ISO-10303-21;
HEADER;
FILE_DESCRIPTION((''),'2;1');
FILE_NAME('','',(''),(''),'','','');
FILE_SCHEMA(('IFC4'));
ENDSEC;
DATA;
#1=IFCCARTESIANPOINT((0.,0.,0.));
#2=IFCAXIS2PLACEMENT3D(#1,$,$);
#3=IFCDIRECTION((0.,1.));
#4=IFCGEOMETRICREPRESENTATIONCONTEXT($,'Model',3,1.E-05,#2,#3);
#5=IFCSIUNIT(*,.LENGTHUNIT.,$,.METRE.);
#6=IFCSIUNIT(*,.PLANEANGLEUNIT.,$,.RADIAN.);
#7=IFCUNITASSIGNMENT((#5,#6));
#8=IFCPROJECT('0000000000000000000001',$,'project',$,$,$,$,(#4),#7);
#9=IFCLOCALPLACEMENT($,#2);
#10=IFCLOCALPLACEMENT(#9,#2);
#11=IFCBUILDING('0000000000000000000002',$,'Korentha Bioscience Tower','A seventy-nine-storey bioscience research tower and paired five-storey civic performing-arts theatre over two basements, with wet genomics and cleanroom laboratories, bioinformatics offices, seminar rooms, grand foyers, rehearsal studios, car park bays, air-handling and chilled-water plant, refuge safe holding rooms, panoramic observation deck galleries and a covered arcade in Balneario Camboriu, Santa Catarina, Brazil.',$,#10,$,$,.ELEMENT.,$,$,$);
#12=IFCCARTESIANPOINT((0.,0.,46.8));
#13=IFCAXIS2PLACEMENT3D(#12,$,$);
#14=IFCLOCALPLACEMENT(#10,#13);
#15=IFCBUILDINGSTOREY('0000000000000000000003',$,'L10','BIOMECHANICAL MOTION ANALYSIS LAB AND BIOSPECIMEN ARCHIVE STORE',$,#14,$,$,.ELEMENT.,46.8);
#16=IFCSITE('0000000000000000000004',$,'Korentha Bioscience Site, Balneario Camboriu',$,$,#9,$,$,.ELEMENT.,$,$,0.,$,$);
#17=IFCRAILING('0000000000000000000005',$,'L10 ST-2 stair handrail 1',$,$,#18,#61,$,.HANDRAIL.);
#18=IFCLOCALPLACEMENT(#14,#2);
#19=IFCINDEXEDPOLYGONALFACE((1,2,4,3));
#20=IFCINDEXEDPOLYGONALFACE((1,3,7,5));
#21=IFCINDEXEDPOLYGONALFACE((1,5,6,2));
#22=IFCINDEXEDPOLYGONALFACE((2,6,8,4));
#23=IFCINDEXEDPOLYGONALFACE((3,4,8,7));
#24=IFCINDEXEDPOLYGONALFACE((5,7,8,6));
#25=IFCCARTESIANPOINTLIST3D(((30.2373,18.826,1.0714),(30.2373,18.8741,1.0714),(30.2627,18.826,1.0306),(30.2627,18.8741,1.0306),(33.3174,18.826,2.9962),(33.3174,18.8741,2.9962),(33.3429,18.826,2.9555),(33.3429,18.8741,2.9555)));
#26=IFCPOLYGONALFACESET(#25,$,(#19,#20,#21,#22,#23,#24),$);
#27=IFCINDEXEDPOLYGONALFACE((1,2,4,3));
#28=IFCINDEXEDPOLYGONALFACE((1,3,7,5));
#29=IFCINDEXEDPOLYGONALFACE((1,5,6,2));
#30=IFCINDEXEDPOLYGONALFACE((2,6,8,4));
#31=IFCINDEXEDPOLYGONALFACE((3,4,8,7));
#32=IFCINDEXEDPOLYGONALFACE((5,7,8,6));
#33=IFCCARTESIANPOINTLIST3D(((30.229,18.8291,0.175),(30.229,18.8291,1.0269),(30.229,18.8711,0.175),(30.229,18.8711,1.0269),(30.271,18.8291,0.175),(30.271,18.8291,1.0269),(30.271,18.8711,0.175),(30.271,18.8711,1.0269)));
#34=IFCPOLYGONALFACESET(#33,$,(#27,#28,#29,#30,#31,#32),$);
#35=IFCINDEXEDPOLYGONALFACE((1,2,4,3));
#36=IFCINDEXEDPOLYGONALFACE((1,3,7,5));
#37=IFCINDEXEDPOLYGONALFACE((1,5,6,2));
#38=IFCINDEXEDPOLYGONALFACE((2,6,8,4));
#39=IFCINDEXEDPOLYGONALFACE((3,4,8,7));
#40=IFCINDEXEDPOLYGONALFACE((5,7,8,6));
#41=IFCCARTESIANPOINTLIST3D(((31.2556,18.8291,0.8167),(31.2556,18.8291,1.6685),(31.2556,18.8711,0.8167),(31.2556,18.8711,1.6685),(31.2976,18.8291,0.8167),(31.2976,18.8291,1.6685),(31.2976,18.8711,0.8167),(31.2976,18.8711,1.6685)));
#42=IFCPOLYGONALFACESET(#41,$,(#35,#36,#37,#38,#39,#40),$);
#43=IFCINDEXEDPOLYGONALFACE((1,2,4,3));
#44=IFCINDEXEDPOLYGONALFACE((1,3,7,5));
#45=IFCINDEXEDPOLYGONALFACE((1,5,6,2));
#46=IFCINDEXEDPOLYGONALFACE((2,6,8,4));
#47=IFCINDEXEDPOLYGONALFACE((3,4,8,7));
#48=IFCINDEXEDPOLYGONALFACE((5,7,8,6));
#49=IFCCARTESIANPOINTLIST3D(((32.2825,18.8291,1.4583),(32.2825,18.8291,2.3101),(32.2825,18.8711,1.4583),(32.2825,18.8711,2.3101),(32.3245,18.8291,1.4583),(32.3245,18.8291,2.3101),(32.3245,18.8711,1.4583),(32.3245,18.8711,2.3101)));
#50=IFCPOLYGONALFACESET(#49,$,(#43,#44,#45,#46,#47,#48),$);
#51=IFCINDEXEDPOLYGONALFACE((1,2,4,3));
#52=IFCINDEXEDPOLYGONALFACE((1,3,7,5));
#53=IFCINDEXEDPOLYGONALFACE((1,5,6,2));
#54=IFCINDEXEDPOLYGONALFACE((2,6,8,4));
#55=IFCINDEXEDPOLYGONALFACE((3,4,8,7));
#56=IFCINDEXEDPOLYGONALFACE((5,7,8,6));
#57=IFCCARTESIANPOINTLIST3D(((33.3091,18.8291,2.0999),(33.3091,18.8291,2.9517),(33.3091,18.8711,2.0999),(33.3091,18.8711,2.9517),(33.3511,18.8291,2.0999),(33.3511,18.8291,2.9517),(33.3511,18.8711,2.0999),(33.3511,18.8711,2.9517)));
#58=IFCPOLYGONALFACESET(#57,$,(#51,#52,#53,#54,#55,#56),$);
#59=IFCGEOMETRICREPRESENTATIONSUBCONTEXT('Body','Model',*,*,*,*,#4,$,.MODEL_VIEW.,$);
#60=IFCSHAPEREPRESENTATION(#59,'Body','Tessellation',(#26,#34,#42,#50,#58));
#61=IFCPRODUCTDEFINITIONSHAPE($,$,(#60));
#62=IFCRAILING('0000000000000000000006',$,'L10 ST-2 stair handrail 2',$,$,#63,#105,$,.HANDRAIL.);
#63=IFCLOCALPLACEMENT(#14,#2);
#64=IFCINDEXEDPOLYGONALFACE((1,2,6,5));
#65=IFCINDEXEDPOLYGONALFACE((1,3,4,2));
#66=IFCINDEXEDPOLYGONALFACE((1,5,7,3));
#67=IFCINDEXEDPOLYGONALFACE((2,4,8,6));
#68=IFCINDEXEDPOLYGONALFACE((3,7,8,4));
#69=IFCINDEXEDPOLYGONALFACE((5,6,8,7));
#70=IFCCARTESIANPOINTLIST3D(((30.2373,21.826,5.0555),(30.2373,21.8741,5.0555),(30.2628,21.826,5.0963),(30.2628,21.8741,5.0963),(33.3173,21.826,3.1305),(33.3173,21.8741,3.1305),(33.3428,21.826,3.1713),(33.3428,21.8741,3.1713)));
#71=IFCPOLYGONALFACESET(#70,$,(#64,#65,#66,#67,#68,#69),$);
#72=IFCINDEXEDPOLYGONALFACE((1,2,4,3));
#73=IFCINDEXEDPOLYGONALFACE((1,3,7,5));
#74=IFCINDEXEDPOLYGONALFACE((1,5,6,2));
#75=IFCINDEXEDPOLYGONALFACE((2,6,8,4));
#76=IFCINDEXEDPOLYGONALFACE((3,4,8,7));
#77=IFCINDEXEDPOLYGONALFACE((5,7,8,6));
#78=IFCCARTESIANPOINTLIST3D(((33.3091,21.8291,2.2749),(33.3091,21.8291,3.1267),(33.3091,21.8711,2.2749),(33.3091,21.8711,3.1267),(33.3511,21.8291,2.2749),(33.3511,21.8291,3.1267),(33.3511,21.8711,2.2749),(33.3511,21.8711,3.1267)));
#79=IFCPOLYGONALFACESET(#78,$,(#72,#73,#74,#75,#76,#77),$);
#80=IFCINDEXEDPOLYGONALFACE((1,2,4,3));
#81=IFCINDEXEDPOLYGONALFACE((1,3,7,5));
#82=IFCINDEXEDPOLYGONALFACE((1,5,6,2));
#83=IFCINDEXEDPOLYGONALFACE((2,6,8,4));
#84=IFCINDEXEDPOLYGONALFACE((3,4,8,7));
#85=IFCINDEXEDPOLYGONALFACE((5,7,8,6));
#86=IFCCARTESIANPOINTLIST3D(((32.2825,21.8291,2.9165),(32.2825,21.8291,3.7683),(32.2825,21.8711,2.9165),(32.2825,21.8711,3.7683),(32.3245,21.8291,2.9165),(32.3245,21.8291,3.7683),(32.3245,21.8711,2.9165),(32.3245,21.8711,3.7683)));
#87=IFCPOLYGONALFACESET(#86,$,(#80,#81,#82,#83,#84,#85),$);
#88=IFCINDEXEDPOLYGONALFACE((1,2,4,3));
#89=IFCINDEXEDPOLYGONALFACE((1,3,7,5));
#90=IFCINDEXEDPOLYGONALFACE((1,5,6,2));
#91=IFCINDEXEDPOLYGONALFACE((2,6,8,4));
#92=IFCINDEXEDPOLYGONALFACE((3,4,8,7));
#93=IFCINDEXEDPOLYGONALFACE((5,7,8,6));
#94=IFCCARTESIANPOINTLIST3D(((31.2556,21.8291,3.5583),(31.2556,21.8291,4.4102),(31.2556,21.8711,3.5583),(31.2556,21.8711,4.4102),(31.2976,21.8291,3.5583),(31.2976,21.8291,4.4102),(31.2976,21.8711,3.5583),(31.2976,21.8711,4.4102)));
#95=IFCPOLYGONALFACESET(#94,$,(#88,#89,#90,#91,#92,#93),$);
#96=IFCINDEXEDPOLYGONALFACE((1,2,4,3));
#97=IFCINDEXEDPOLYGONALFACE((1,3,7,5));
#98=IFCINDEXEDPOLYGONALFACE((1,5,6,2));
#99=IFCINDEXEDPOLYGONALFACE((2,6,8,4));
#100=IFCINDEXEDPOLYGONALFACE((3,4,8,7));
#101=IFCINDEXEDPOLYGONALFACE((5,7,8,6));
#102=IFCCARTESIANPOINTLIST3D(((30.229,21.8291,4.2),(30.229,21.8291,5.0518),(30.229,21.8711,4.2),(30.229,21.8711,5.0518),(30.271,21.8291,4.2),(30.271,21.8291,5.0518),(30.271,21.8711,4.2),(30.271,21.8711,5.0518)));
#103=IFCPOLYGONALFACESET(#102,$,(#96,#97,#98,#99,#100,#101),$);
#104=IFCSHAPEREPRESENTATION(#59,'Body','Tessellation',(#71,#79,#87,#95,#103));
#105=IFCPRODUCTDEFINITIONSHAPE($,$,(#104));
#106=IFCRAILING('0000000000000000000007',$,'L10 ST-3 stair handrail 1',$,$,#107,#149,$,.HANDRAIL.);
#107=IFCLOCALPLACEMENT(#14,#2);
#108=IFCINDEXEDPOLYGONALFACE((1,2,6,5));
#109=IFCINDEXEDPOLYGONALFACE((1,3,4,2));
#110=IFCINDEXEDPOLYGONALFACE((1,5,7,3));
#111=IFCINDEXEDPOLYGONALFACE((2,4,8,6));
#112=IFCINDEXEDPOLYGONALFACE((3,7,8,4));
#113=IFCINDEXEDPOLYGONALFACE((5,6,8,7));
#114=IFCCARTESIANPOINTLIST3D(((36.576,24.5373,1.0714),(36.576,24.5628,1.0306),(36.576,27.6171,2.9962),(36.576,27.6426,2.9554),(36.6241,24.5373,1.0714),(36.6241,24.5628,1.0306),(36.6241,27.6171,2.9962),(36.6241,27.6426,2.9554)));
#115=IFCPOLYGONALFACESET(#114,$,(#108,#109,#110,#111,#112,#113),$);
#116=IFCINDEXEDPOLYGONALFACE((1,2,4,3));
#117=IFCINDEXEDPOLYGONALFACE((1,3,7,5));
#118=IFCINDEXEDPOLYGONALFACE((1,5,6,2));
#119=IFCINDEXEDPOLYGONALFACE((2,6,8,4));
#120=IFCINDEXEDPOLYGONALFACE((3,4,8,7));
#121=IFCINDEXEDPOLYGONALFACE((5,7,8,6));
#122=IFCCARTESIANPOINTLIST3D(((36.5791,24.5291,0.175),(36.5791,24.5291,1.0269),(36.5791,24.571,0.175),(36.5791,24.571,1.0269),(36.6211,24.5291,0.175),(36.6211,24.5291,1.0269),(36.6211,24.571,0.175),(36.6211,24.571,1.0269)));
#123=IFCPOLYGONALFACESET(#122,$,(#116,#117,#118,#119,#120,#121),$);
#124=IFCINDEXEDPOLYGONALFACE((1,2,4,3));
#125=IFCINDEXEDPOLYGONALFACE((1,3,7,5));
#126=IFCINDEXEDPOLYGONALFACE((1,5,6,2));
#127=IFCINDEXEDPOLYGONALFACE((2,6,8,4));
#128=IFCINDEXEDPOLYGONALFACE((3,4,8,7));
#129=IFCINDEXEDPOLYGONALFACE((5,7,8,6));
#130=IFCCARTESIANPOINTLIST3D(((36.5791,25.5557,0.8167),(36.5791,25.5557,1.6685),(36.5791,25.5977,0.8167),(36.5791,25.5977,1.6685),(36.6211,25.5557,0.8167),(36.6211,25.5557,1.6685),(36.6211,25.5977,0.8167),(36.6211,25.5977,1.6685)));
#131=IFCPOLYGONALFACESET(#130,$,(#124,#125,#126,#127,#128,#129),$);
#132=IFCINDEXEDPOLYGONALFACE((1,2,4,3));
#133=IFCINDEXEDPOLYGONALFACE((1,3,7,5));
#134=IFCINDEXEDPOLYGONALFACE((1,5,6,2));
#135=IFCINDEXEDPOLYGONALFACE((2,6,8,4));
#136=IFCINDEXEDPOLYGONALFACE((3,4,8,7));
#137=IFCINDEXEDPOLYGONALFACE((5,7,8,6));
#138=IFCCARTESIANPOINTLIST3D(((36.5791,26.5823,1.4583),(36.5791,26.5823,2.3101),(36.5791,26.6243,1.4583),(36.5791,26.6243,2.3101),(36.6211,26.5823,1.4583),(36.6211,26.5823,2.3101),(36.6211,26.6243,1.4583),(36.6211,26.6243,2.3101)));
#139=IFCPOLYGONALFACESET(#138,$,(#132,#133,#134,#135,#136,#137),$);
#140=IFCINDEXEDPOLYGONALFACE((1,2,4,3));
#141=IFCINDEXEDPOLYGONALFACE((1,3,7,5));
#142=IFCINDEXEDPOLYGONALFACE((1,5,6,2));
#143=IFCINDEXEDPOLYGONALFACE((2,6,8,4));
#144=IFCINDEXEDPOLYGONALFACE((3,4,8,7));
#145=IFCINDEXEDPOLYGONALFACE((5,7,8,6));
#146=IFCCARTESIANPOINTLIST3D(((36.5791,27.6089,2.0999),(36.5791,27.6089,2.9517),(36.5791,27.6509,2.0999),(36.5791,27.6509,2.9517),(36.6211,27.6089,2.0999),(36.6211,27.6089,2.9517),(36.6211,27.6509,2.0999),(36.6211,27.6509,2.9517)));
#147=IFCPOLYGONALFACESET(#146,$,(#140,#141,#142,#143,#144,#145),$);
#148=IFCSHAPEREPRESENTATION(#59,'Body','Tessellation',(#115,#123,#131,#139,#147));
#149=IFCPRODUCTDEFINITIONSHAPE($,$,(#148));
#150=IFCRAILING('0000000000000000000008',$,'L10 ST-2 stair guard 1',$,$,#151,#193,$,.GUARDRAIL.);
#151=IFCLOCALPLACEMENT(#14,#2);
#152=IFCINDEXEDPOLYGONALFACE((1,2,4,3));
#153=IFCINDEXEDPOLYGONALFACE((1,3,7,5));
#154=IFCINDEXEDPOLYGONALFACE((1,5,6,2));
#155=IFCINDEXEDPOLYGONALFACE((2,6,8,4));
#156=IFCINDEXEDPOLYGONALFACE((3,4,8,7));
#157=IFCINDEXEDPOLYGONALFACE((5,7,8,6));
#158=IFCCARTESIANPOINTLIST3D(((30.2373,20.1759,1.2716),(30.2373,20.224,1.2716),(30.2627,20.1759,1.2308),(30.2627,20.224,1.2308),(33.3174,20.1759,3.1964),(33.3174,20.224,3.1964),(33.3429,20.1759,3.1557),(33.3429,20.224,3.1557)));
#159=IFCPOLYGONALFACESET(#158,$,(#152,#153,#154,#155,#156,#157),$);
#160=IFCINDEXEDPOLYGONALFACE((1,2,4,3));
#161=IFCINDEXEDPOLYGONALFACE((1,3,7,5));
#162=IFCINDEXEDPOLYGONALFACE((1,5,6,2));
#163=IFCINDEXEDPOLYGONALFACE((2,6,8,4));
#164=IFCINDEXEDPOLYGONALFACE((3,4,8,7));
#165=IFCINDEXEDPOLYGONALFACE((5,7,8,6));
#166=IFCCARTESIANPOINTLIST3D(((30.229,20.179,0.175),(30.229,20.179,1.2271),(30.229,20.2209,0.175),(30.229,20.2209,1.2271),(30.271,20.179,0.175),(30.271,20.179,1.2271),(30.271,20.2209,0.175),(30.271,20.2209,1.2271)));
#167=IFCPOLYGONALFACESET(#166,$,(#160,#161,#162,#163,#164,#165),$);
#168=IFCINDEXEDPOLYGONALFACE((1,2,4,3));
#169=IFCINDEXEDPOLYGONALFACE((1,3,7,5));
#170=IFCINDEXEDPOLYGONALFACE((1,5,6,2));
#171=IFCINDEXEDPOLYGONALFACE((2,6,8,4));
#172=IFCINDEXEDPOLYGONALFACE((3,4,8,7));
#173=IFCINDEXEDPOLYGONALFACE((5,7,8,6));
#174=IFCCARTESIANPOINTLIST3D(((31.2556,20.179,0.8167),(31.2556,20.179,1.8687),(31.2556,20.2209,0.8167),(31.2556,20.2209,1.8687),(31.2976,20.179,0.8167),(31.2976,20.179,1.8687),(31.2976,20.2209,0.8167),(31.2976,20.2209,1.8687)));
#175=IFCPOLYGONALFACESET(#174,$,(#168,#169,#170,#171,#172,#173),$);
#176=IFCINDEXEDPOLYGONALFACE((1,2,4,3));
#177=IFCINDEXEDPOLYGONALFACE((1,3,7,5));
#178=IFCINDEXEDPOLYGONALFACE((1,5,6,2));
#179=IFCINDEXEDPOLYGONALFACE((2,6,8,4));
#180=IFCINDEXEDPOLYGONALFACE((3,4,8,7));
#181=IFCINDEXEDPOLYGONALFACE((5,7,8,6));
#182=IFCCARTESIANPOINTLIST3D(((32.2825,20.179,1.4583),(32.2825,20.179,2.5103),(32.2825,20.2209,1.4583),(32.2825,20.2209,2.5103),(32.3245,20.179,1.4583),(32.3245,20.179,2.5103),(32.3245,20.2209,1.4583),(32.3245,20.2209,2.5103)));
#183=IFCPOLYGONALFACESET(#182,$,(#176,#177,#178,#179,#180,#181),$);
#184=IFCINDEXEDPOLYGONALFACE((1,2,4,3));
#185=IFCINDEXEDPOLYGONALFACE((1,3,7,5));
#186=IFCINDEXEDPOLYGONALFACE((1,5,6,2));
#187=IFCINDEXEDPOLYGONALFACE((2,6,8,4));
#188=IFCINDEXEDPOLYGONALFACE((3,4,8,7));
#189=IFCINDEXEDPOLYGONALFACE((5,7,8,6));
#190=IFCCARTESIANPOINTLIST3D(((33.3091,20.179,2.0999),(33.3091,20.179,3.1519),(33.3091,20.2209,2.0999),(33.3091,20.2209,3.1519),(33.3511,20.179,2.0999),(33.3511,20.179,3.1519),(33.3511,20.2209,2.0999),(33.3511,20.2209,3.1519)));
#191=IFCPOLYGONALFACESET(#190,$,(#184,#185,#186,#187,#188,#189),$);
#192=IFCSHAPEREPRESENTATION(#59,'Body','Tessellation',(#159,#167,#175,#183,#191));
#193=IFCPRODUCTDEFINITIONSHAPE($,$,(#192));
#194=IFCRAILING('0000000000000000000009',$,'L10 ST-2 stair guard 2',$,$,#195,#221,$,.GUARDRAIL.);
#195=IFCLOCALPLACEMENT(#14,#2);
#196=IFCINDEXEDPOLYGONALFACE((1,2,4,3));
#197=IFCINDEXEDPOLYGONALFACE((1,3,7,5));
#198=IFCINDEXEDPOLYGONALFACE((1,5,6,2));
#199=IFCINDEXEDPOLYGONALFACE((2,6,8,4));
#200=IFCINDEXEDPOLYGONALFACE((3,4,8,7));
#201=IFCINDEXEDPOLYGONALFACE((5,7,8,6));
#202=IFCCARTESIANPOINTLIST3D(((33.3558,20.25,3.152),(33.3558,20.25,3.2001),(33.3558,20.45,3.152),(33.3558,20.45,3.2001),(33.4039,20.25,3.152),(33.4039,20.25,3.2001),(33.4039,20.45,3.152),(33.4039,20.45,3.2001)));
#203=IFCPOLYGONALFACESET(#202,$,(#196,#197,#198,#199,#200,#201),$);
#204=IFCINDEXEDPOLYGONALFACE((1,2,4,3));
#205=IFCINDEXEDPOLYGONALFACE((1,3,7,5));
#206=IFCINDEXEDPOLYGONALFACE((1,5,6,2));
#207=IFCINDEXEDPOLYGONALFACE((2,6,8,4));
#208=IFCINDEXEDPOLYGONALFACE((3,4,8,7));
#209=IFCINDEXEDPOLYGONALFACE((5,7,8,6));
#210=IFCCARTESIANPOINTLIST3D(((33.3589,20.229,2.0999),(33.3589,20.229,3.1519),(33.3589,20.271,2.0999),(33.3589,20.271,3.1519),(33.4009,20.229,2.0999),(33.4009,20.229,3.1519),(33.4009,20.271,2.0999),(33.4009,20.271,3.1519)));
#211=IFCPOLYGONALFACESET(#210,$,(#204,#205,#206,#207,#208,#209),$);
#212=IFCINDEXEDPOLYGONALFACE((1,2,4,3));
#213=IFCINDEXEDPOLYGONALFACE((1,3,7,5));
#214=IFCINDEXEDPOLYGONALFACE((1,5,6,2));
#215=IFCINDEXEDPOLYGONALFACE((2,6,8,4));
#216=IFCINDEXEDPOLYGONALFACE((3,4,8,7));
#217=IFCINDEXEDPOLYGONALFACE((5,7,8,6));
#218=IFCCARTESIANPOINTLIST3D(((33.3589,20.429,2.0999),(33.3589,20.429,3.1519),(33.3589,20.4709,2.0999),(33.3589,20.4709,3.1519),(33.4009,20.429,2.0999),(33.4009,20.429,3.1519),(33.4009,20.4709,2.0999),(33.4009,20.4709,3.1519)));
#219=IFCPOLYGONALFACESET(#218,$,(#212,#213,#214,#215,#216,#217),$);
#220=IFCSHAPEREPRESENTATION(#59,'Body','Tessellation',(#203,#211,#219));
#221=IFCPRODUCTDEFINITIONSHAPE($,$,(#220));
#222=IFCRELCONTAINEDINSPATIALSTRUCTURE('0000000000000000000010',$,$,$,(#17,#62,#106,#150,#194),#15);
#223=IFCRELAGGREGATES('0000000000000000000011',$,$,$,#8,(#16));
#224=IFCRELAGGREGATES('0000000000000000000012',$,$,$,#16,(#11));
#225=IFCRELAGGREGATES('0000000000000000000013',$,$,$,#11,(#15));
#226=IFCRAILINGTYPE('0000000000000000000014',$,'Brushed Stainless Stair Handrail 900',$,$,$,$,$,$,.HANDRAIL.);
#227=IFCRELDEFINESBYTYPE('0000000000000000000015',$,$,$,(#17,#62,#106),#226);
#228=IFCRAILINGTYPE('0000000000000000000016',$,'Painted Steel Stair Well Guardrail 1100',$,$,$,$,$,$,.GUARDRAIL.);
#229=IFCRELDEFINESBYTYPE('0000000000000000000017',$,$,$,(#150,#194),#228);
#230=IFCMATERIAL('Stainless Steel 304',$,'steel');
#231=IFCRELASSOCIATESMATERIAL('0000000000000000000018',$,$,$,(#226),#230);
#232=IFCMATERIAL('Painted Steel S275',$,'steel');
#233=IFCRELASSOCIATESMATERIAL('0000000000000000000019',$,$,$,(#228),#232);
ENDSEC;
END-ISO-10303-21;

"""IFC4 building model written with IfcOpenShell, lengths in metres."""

from ifc_helpers import new_model, si_unit, direction, frame, origin, origin_2d, place, context, subcontext, project, spatial, rectangle, extrude, material, type_object, element, save


model = new_model("IFC4")

# Units and contexts
model_context = context("Model", 3, precision=1e-05, world=origin(), true_north=direction((0.0, 1.0)))
body_context = subcontext(model_context, "Body", "Model", "MODEL_VIEW")
ifc_project = project(units=[si_unit("LENGTHUNIT", "METRE"), si_unit("PLANEANGLEUNIT", "RADIAN")], contexts=[model_context])

# Site, building, storey
site_placement = place(None, origin())
site = spatial("IfcSite", under=ifc_project, at=site_placement, Name="Korentha Bioscience Site, Balneario Camboriu", CompositionType="ELEMENT", RefElevation=0.0)
building_placement = place(site_placement, origin())
building = spatial("IfcBuilding", under=site, at=building_placement, Name="Korentha Bioscience Tower", Description="A seventy-nine-storey bioscience research tower and paired five-storey civic performing-arts theatre over two basements, with wet genomics and cleanroom laboratories, bioinformatics offices, seminar rooms, grand foyers, rehearsal studios, car park bays, air-handling and chilled-water plant, refuge safe holding rooms, panoramic observation deck galleries and a covered arcade in Balneario Camboriu, Santa Catarina, Brazil.", CompositionType="ELEMENT")
storey_placement = place(building_placement, frame((0.0, 0.0, 46.8)))
storey = spatial("IfcBuildingStorey", under=building, at=storey_placement, Name="L10", Description="BIOMECHANICAL MOTION ANALYSIS LAB AND BIOSPECIMEN ARCHIVE STORE", CompositionType="ELEMENT", Elevation=46.8)

# Railings
ifc_material_1 = material(Name="Stainless Steel 304", Category="steel")
railing_type_1 = type_object("IfcRailingType", Name="Brushed Stainless Stair Handrail 900", PredefinedType="HANDRAIL", material=ifc_material_1)
railing_1_placement = place(storey_placement, frame((30.25, 18.8501, 0.175)))
element("IfcRailing", 1, at=railing_1_placement, inside=storey, type_object=railing_type_1, Name="L10 ST-2 stair handrail 1", PredefinedType="HANDRAIL", context=body_context, shape_type="SweptSolid", body=[
    extrude(rectangle(XDim=0.0481, YDim=0.0481, at=origin_2d()), frame((0.0, 0.0, 0.876), z_axis=(0.848029, 0.0, 0.529951), x_axis=(0.0, 1.0, 0.0)), (0.0, 0.0, 1.0), 3.6321),
    extrude(rectangle(XDim=0.042, YDim=0.042, at=origin_2d()), origin(), (0.0, 0.0, 1.0), 0.8518),
    extrude(rectangle(XDim=0.042, YDim=0.042, at=origin_2d()), frame((1.0266, 0.0, 0.6416)), (0.0, 0.0, 1.0), 0.8518),
    extrude(rectangle(XDim=0.042, YDim=0.042, at=origin_2d()), frame((2.0535, 0.0, 1.2832)), (0.0, 0.0, 1.0), 0.8518),
    extrude(rectangle(XDim=0.042, YDim=0.042, at=origin_2d()), frame((3.0801, 0.0, 1.9248)), (0.0, 0.0, 1.0), 0.8518),
])
railing_2_placement = place(storey_placement, frame((33.3301, 21.8501, 2.2749)))
element("IfcRailing", 2, at=railing_2_placement, inside=storey, type_object=railing_type_1, Name="L10 ST-2 stair handrail 2", PredefinedType="HANDRAIL", context=body_context, shape_type="SweptSolid", body=[
    extrude(rectangle(XDim=0.0481, YDim=0.0481, at=origin_2d()), frame((0.0, 0.0, 0.876), z_axis=(-0.847998, 0.0, 0.529999), x_axis=(0.0, -1.0, 0.0)), (0.0, 0.0, 1.0), 3.6321),
    extrude(rectangle(XDim=0.042, YDim=0.042, at=origin_2d()), origin(), (0.0, 0.0, 1.0), 0.8518),
    extrude(rectangle(XDim=0.042, YDim=0.042, at=origin_2d()), frame((-1.0266, 0.0, 0.6416)), (0.0, 0.0, 1.0), 0.8518),
    extrude(rectangle(XDim=0.042, YDim=0.042, at=origin_2d()), frame((-2.0535, 0.0, 1.2834)), (0.0, 0.0, 1.0), 0.8518),
    extrude(rectangle(XDim=0.042, YDim=0.042, at=origin_2d()), frame((-3.0801, 0.0, 1.925)), (0.0, 0.0, 1.0), 0.8518),
])
railing_3_placement = place(storey_placement, frame((36.6001, 24.55, 0.175)))
element("IfcRailing", 3, at=railing_3_placement, inside=storey, type_object=railing_type_1, Name="L10 ST-3 stair handrail 1", PredefinedType="HANDRAIL", context=body_context, shape_type="SweptSolid", body=[
    extrude(rectangle(XDim=0.0481, YDim=0.0481, at=origin_2d()), frame((0.0, 0.0, 0.876), z_axis=(0.0, 0.84801, 0.529981), x_axis=(-1.0, 0.0, 0.0)), (0.0, 0.0, 1.0), 3.6318),
    extrude(rectangle(XDim=0.042, YDim=0.042, at=origin_2d()), origin(), (0.0, 0.0, 1.0), 0.8518),
    extrude(rectangle(XDim=0.042, YDim=0.042, at=origin_2d()), frame((0.0, 1.0266, 0.6416)), (0.0, 0.0, 1.0), 0.8518),
    extrude(rectangle(XDim=0.042, YDim=0.042, at=origin_2d()), frame((0.0, 2.0532, 1.2832)), (0.0, 0.0, 1.0), 0.8518),
    extrude(rectangle(XDim=0.042, YDim=0.042, at=origin_2d()), frame((0.0, 3.0798, 1.9248)), (0.0, 0.0, 1.0), 0.8518),
])
ifc_material_2 = material(Name="Painted Steel S275", Category="steel")
railing_type_2 = type_object("IfcRailingType", Name="Painted Steel Stair Well Guardrail 1100", PredefinedType="GUARDRAIL", material=ifc_material_2)
railing_4_placement = place(storey_placement, frame((30.25, 20.2, 0.175)))
element("IfcRailing", 4, at=railing_4_placement, inside=storey, type_object=railing_type_2, Name="L10 ST-2 stair guard 1", PredefinedType="GUARDRAIL", context=body_context, shape_type="SweptSolid", body=[
    extrude(rectangle(XDim=0.0481, YDim=0.0481, at=origin_2d()), frame((0.0, 0.0, 1.0762), z_axis=(0.848029, 0.0, 0.529951), x_axis=(0.0, 1.0, 0.0)), (0.0, 0.0, 1.0), 3.6321),
    extrude(rectangle(XDim=0.042, YDim=0.042, at=origin_2d()), origin(), (0.0, 0.0, 1.0), 1.052),
    extrude(rectangle(XDim=0.042, YDim=0.042, at=origin_2d()), frame((1.0266, 0.0, 0.6416)), (0.0, 0.0, 1.0), 1.052),
    extrude(rectangle(XDim=0.042, YDim=0.042, at=origin_2d()), frame((2.0535, 0.0, 1.2832)), (0.0, 0.0, 1.0), 1.052),
    extrude(rectangle(XDim=0.042, YDim=0.042, at=origin_2d()), frame((3.0801, 0.0, 1.9248)), (0.0, 0.0, 1.0), 1.052),
])
railing_5_placement = place(storey_placement, frame((33.3799, 20.25, 2.0999)))
element("IfcRailing", 5, at=railing_5_placement, inside=storey, type_object=railing_type_2, Name="L10 ST-2 stair guard 2", PredefinedType="GUARDRAIL", context=body_context, shape_type="SweptSolid", body=[
    extrude(rectangle(XDim=0.0481, YDim=0.0481, at=origin_2d()), frame((0.0, 0.0, 1.0762), z_axis=(0.0, 1.0, 0.0), x_axis=(-1.0, 0.0, 0.0)), (0.0, 0.0, 1.0), 0.2),
    extrude(rectangle(XDim=0.042, YDim=0.042, at=origin_2d()), origin(), (0.0, 0.0, 1.0), 1.052),
    extrude(rectangle(XDim=0.042, YDim=0.042, at=origin_2d()), frame((0.0, 0.2, 0.0)), (0.0, 0.0, 1.0), 1.052),
])

save(model, "model.ifc")
